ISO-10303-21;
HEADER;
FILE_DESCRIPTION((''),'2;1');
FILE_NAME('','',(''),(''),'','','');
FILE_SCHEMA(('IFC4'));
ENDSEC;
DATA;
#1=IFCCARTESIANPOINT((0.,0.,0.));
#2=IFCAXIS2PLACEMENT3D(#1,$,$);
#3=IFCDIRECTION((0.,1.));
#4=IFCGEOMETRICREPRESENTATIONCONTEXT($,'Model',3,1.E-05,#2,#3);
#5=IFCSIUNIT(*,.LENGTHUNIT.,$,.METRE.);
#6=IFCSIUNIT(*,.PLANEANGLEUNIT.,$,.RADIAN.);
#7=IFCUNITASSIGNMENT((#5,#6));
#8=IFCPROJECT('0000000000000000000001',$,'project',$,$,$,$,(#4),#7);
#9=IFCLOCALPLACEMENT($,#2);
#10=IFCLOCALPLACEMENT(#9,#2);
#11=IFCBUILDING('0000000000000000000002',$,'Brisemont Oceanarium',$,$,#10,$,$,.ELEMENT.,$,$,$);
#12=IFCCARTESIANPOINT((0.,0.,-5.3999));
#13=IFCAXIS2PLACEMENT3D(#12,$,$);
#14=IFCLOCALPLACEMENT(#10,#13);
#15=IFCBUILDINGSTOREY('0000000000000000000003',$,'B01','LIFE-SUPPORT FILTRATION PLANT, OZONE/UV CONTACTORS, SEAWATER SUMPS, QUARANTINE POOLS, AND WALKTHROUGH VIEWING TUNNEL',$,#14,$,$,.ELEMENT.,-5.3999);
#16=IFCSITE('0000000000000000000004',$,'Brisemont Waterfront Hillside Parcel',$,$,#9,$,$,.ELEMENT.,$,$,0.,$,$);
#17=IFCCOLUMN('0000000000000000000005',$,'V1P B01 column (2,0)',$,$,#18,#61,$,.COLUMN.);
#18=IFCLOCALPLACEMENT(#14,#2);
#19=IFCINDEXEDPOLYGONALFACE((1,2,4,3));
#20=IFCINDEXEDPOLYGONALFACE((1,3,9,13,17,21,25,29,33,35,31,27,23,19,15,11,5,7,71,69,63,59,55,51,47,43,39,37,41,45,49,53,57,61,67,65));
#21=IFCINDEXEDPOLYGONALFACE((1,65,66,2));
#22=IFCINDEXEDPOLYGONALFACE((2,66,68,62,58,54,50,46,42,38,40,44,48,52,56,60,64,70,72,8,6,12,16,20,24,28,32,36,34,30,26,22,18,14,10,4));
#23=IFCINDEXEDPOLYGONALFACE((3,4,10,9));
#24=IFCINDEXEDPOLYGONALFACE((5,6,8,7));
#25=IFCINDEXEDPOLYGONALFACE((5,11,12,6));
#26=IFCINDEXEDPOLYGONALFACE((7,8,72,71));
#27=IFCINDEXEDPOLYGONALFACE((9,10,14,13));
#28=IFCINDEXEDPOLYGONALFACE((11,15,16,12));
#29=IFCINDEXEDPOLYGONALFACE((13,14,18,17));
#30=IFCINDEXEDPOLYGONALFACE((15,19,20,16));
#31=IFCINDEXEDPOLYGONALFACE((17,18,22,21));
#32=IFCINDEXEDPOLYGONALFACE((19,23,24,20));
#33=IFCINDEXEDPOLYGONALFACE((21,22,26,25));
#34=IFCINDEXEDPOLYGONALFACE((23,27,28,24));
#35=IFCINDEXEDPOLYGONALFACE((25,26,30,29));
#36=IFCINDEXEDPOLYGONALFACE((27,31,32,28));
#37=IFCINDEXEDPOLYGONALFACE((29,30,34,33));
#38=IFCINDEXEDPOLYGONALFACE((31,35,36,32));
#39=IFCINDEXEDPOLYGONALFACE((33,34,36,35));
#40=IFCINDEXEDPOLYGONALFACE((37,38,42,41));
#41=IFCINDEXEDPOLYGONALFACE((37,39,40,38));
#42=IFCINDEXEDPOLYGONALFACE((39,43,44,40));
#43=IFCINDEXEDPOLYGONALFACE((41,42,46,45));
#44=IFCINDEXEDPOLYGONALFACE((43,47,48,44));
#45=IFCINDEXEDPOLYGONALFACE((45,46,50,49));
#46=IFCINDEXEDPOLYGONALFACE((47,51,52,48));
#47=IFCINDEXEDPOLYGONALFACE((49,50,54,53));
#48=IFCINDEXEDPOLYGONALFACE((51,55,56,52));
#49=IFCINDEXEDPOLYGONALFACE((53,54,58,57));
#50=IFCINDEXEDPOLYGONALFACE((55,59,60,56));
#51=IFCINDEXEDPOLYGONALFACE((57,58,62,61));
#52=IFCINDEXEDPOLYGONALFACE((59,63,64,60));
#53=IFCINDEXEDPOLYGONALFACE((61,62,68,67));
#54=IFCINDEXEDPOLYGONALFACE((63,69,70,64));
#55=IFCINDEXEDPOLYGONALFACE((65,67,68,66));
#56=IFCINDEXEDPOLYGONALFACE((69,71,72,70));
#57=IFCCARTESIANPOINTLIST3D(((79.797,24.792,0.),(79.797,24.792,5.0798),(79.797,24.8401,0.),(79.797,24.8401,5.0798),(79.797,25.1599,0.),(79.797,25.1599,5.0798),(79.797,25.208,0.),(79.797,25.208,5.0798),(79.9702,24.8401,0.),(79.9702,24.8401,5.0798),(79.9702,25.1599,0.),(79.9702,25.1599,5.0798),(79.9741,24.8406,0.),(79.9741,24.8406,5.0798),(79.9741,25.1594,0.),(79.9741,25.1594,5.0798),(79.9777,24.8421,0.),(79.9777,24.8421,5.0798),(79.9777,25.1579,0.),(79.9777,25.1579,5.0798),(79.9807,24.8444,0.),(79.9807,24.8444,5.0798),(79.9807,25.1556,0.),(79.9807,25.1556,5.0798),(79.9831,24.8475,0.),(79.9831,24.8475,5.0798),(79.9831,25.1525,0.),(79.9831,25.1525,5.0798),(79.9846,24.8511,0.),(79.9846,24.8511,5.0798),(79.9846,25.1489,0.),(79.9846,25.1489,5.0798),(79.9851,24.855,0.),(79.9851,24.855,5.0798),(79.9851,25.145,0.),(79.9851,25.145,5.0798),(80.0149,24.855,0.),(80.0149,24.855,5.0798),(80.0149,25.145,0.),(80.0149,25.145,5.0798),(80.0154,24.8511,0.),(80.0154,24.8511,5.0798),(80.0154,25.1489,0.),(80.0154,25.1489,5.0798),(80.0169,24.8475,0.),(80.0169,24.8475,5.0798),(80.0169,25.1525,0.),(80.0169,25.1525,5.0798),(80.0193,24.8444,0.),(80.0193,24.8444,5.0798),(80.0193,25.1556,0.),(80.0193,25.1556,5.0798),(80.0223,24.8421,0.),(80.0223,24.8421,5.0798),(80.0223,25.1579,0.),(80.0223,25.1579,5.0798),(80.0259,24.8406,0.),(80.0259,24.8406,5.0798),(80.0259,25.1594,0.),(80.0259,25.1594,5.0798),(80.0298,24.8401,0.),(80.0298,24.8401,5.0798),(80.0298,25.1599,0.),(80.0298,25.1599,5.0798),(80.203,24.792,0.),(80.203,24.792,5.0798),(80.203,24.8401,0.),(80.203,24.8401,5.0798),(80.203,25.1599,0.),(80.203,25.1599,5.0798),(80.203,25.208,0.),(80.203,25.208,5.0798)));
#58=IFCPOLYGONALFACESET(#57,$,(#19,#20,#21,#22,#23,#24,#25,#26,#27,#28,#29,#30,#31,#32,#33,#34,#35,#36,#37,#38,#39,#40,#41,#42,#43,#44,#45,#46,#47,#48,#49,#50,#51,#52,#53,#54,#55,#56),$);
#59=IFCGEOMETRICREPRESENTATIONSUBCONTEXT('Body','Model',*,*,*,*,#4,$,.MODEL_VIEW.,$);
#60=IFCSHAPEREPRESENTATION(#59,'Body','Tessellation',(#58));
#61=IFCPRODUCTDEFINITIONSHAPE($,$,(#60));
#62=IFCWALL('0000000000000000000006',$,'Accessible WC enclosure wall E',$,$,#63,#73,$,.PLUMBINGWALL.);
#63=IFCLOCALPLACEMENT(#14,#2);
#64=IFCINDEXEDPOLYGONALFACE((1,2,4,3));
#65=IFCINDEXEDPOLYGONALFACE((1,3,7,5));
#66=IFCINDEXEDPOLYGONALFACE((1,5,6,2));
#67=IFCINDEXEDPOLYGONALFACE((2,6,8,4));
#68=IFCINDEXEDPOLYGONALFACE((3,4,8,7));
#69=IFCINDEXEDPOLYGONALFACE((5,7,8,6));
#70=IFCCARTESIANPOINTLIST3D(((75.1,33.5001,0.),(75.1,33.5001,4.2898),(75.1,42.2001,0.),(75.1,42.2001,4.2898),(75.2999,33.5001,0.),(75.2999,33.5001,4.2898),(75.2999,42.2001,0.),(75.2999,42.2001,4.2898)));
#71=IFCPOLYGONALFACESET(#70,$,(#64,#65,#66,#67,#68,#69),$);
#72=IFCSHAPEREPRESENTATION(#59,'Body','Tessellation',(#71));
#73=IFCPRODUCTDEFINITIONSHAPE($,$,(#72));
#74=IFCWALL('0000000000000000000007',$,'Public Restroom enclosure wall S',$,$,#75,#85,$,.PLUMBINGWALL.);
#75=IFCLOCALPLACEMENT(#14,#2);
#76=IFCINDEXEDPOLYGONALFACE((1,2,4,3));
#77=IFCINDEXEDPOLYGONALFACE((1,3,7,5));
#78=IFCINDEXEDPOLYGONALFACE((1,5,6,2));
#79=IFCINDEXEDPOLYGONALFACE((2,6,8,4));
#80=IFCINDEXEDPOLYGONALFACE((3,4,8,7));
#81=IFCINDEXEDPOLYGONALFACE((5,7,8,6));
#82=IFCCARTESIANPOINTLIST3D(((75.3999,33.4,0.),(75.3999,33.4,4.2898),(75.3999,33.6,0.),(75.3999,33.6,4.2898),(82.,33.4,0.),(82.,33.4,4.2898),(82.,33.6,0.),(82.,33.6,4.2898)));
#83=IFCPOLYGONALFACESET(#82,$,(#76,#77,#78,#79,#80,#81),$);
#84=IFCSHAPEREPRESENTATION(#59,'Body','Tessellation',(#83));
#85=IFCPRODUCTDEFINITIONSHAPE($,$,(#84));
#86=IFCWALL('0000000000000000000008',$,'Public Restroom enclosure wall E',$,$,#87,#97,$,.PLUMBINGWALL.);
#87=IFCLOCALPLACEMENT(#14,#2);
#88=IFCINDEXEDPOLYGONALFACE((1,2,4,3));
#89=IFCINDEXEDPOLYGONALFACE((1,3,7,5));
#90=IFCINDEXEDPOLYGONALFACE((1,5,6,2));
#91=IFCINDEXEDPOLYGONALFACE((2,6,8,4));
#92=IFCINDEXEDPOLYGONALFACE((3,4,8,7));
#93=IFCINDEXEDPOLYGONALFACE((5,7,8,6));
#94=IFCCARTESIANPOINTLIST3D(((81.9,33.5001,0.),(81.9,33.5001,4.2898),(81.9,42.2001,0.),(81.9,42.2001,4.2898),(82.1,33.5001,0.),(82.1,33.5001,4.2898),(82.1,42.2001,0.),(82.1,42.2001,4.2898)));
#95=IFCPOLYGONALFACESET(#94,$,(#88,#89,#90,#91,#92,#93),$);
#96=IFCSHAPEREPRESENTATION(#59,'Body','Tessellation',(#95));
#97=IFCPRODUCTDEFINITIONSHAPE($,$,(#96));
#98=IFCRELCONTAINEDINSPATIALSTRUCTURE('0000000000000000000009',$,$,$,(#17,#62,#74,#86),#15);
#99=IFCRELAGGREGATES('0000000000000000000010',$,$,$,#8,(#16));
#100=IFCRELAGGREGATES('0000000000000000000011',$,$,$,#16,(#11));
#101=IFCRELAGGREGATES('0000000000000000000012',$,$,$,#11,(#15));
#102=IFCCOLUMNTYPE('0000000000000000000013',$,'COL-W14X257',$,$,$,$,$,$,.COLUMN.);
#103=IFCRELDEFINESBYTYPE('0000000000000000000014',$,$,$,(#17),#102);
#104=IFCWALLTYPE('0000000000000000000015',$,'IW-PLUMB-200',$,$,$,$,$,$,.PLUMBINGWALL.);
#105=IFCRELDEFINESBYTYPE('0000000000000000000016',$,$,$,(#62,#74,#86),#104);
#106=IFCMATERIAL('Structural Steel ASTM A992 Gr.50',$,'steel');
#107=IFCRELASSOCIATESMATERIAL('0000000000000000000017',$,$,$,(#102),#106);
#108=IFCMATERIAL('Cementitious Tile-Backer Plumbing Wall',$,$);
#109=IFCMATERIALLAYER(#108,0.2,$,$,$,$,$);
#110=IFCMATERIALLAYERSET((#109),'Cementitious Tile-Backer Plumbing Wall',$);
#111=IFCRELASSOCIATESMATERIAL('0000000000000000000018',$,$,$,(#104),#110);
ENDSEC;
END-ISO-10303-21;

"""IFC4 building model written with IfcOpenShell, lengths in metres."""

from ifc_helpers import new_model, si_unit, direction, frame, frame_2d, origin, origin_2d, place, context, subcontext, project, spatial, rectangle, i_section, extrude, material, layer, layer_set, material_profile, profile_set, type_object, element, save


model = new_model("IFC4")

# Units and contexts
model_context = context("Model", 3, precision=1e-05, world=origin(), true_north=direction((0.0, 1.0)))
body_context = subcontext(model_context, "Body", "Model", "MODEL_VIEW")
ifc_project = project(units=[si_unit("LENGTHUNIT", "METRE"), si_unit("PLANEANGLEUNIT", "RADIAN")], contexts=[model_context])

# Site, building, storey
site_placement = place(None, origin())
site = spatial("IfcSite", under=ifc_project, at=site_placement, Name="Brisemont Waterfront Hillside Parcel", CompositionType="ELEMENT", RefElevation=0.0)
building_placement = place(site_placement, origin())
building = spatial("IfcBuilding", under=site, at=building_placement, Name="Brisemont Oceanarium", CompositionType="ELEMENT")
storey_placement = place(building_placement, frame((0.0, 0.0, -5.3999)))
storey = spatial("IfcBuildingStorey", under=building, at=storey_placement, Name="B01", Description="LIFE-SUPPORT FILTRATION PLANT, OZONE/UV CONTACTORS, SEAWATER SUMPS, QUARANTINE POOLS, AND WALKTHROUGH VIEWING TUNNEL", CompositionType="ELEMENT", Elevation=-5.3999)

# Column
ifc_material_1 = material(Name="Structural Steel ASTM A992 Gr.50", Category="steel")
ifc_material_profile_1 = material_profile(ifc_material_1, i_section(OverallWidth=0.406, OverallDepth=0.416, WebThickness=0.0298, FlangeThickness=0.0481, FilletRadius=0.0149, at=origin_2d()), Name="W14X257")
ifc_profile_set_1 = profile_set([ifc_material_profile_1], Name="Structural Steel ASTM A992 Gr.50")
column_type_1 = type_object("IfcColumnType", Name="COL-W14X257", PredefinedType="COLUMN", material=ifc_profile_set_1)
column_1_placement = place(storey_placement, frame((80.0, 25.0, 0.0), z_axis=(0.0, 0.0, 1.0), x_axis=(1.0, 0.0, 0.0)))
element("IfcColumn", 1, at=column_1_placement, inside=storey, type_object=column_type_1, Name="V1P B01 column (2,0)", PredefinedType="COLUMN", context=body_context, shape_type="SweptSolid", body=[
    extrude(i_section(OverallWidth=0.406, OverallDepth=0.416, WebThickness=0.0298, FlangeThickness=0.0481, FilletRadius=0.0149, at=origin_2d()), origin(), (0.0, 0.0, 1.0), 5.0798),
])

# Walls
ifc_material_2 = material(Name="Cementitious Tile-Backer Plumbing Wall")
ifc_layer = layer(ifc_material_2, 0.2)
ifc_layer_set = layer_set([ifc_layer], Name="Cementitious Tile-Backer Plumbing Wall")
wall_type = type_object("IfcWallType", Name="IW-PLUMB-200", PredefinedType="PLUMBINGWALL", material=ifc_layer_set)
wall_1_placement = place(storey_placement, frame((75.2, 33.5, 0.0), z_axis=(0.0, 0.0, 1.0), x_axis=(0.0, 1.0, 0.0)))
element("IfcWall", 2, at=wall_1_placement, inside=storey, type_object=wall_type, Name="Accessible WC enclosure wall E", PredefinedType="PLUMBINGWALL", context=body_context, shape_type="SweptSolid", body=[
    extrude(rectangle(XDim=8.7, YDim=0.2, at=frame_2d((4.3501, 0.0))), origin(), (0.0, 0.0, 1.0), 4.2898),
])
wall_2_placement = place(storey_placement, frame((75.3999, 33.5, 0.0), z_axis=(0.0, 0.0, 1.0), x_axis=(1.0, 0.0, 0.0)))
element("IfcWall", 3, at=wall_2_placement, inside=storey, type_object=wall_type, Name="Public Restroom enclosure wall S", PredefinedType="PLUMBINGWALL", context=body_context, shape_type="SweptSolid", body=[
    extrude(rectangle(XDim=6.6001, YDim=0.2, at=frame_2d((3.3, 0.0))), origin(), (0.0, 0.0, 1.0), 4.2898),
])
wall_3_placement = place(storey_placement, frame((82.0, 33.5, 0.0), z_axis=(0.0, 0.0, 1.0), x_axis=(0.0, 1.0, 0.0)))
element("IfcWall", 4, at=wall_3_placement, inside=storey, type_object=wall_type, Name="Public Restroom enclosure wall E", PredefinedType="PLUMBINGWALL", context=body_context, shape_type="SweptSolid", body=[
    extrude(rectangle(XDim=8.7, YDim=0.2, at=frame_2d((4.3501, 0.0))), origin(), (0.0, 0.0, 1.0), 4.2898),
])

save(model, "model.ifc")
